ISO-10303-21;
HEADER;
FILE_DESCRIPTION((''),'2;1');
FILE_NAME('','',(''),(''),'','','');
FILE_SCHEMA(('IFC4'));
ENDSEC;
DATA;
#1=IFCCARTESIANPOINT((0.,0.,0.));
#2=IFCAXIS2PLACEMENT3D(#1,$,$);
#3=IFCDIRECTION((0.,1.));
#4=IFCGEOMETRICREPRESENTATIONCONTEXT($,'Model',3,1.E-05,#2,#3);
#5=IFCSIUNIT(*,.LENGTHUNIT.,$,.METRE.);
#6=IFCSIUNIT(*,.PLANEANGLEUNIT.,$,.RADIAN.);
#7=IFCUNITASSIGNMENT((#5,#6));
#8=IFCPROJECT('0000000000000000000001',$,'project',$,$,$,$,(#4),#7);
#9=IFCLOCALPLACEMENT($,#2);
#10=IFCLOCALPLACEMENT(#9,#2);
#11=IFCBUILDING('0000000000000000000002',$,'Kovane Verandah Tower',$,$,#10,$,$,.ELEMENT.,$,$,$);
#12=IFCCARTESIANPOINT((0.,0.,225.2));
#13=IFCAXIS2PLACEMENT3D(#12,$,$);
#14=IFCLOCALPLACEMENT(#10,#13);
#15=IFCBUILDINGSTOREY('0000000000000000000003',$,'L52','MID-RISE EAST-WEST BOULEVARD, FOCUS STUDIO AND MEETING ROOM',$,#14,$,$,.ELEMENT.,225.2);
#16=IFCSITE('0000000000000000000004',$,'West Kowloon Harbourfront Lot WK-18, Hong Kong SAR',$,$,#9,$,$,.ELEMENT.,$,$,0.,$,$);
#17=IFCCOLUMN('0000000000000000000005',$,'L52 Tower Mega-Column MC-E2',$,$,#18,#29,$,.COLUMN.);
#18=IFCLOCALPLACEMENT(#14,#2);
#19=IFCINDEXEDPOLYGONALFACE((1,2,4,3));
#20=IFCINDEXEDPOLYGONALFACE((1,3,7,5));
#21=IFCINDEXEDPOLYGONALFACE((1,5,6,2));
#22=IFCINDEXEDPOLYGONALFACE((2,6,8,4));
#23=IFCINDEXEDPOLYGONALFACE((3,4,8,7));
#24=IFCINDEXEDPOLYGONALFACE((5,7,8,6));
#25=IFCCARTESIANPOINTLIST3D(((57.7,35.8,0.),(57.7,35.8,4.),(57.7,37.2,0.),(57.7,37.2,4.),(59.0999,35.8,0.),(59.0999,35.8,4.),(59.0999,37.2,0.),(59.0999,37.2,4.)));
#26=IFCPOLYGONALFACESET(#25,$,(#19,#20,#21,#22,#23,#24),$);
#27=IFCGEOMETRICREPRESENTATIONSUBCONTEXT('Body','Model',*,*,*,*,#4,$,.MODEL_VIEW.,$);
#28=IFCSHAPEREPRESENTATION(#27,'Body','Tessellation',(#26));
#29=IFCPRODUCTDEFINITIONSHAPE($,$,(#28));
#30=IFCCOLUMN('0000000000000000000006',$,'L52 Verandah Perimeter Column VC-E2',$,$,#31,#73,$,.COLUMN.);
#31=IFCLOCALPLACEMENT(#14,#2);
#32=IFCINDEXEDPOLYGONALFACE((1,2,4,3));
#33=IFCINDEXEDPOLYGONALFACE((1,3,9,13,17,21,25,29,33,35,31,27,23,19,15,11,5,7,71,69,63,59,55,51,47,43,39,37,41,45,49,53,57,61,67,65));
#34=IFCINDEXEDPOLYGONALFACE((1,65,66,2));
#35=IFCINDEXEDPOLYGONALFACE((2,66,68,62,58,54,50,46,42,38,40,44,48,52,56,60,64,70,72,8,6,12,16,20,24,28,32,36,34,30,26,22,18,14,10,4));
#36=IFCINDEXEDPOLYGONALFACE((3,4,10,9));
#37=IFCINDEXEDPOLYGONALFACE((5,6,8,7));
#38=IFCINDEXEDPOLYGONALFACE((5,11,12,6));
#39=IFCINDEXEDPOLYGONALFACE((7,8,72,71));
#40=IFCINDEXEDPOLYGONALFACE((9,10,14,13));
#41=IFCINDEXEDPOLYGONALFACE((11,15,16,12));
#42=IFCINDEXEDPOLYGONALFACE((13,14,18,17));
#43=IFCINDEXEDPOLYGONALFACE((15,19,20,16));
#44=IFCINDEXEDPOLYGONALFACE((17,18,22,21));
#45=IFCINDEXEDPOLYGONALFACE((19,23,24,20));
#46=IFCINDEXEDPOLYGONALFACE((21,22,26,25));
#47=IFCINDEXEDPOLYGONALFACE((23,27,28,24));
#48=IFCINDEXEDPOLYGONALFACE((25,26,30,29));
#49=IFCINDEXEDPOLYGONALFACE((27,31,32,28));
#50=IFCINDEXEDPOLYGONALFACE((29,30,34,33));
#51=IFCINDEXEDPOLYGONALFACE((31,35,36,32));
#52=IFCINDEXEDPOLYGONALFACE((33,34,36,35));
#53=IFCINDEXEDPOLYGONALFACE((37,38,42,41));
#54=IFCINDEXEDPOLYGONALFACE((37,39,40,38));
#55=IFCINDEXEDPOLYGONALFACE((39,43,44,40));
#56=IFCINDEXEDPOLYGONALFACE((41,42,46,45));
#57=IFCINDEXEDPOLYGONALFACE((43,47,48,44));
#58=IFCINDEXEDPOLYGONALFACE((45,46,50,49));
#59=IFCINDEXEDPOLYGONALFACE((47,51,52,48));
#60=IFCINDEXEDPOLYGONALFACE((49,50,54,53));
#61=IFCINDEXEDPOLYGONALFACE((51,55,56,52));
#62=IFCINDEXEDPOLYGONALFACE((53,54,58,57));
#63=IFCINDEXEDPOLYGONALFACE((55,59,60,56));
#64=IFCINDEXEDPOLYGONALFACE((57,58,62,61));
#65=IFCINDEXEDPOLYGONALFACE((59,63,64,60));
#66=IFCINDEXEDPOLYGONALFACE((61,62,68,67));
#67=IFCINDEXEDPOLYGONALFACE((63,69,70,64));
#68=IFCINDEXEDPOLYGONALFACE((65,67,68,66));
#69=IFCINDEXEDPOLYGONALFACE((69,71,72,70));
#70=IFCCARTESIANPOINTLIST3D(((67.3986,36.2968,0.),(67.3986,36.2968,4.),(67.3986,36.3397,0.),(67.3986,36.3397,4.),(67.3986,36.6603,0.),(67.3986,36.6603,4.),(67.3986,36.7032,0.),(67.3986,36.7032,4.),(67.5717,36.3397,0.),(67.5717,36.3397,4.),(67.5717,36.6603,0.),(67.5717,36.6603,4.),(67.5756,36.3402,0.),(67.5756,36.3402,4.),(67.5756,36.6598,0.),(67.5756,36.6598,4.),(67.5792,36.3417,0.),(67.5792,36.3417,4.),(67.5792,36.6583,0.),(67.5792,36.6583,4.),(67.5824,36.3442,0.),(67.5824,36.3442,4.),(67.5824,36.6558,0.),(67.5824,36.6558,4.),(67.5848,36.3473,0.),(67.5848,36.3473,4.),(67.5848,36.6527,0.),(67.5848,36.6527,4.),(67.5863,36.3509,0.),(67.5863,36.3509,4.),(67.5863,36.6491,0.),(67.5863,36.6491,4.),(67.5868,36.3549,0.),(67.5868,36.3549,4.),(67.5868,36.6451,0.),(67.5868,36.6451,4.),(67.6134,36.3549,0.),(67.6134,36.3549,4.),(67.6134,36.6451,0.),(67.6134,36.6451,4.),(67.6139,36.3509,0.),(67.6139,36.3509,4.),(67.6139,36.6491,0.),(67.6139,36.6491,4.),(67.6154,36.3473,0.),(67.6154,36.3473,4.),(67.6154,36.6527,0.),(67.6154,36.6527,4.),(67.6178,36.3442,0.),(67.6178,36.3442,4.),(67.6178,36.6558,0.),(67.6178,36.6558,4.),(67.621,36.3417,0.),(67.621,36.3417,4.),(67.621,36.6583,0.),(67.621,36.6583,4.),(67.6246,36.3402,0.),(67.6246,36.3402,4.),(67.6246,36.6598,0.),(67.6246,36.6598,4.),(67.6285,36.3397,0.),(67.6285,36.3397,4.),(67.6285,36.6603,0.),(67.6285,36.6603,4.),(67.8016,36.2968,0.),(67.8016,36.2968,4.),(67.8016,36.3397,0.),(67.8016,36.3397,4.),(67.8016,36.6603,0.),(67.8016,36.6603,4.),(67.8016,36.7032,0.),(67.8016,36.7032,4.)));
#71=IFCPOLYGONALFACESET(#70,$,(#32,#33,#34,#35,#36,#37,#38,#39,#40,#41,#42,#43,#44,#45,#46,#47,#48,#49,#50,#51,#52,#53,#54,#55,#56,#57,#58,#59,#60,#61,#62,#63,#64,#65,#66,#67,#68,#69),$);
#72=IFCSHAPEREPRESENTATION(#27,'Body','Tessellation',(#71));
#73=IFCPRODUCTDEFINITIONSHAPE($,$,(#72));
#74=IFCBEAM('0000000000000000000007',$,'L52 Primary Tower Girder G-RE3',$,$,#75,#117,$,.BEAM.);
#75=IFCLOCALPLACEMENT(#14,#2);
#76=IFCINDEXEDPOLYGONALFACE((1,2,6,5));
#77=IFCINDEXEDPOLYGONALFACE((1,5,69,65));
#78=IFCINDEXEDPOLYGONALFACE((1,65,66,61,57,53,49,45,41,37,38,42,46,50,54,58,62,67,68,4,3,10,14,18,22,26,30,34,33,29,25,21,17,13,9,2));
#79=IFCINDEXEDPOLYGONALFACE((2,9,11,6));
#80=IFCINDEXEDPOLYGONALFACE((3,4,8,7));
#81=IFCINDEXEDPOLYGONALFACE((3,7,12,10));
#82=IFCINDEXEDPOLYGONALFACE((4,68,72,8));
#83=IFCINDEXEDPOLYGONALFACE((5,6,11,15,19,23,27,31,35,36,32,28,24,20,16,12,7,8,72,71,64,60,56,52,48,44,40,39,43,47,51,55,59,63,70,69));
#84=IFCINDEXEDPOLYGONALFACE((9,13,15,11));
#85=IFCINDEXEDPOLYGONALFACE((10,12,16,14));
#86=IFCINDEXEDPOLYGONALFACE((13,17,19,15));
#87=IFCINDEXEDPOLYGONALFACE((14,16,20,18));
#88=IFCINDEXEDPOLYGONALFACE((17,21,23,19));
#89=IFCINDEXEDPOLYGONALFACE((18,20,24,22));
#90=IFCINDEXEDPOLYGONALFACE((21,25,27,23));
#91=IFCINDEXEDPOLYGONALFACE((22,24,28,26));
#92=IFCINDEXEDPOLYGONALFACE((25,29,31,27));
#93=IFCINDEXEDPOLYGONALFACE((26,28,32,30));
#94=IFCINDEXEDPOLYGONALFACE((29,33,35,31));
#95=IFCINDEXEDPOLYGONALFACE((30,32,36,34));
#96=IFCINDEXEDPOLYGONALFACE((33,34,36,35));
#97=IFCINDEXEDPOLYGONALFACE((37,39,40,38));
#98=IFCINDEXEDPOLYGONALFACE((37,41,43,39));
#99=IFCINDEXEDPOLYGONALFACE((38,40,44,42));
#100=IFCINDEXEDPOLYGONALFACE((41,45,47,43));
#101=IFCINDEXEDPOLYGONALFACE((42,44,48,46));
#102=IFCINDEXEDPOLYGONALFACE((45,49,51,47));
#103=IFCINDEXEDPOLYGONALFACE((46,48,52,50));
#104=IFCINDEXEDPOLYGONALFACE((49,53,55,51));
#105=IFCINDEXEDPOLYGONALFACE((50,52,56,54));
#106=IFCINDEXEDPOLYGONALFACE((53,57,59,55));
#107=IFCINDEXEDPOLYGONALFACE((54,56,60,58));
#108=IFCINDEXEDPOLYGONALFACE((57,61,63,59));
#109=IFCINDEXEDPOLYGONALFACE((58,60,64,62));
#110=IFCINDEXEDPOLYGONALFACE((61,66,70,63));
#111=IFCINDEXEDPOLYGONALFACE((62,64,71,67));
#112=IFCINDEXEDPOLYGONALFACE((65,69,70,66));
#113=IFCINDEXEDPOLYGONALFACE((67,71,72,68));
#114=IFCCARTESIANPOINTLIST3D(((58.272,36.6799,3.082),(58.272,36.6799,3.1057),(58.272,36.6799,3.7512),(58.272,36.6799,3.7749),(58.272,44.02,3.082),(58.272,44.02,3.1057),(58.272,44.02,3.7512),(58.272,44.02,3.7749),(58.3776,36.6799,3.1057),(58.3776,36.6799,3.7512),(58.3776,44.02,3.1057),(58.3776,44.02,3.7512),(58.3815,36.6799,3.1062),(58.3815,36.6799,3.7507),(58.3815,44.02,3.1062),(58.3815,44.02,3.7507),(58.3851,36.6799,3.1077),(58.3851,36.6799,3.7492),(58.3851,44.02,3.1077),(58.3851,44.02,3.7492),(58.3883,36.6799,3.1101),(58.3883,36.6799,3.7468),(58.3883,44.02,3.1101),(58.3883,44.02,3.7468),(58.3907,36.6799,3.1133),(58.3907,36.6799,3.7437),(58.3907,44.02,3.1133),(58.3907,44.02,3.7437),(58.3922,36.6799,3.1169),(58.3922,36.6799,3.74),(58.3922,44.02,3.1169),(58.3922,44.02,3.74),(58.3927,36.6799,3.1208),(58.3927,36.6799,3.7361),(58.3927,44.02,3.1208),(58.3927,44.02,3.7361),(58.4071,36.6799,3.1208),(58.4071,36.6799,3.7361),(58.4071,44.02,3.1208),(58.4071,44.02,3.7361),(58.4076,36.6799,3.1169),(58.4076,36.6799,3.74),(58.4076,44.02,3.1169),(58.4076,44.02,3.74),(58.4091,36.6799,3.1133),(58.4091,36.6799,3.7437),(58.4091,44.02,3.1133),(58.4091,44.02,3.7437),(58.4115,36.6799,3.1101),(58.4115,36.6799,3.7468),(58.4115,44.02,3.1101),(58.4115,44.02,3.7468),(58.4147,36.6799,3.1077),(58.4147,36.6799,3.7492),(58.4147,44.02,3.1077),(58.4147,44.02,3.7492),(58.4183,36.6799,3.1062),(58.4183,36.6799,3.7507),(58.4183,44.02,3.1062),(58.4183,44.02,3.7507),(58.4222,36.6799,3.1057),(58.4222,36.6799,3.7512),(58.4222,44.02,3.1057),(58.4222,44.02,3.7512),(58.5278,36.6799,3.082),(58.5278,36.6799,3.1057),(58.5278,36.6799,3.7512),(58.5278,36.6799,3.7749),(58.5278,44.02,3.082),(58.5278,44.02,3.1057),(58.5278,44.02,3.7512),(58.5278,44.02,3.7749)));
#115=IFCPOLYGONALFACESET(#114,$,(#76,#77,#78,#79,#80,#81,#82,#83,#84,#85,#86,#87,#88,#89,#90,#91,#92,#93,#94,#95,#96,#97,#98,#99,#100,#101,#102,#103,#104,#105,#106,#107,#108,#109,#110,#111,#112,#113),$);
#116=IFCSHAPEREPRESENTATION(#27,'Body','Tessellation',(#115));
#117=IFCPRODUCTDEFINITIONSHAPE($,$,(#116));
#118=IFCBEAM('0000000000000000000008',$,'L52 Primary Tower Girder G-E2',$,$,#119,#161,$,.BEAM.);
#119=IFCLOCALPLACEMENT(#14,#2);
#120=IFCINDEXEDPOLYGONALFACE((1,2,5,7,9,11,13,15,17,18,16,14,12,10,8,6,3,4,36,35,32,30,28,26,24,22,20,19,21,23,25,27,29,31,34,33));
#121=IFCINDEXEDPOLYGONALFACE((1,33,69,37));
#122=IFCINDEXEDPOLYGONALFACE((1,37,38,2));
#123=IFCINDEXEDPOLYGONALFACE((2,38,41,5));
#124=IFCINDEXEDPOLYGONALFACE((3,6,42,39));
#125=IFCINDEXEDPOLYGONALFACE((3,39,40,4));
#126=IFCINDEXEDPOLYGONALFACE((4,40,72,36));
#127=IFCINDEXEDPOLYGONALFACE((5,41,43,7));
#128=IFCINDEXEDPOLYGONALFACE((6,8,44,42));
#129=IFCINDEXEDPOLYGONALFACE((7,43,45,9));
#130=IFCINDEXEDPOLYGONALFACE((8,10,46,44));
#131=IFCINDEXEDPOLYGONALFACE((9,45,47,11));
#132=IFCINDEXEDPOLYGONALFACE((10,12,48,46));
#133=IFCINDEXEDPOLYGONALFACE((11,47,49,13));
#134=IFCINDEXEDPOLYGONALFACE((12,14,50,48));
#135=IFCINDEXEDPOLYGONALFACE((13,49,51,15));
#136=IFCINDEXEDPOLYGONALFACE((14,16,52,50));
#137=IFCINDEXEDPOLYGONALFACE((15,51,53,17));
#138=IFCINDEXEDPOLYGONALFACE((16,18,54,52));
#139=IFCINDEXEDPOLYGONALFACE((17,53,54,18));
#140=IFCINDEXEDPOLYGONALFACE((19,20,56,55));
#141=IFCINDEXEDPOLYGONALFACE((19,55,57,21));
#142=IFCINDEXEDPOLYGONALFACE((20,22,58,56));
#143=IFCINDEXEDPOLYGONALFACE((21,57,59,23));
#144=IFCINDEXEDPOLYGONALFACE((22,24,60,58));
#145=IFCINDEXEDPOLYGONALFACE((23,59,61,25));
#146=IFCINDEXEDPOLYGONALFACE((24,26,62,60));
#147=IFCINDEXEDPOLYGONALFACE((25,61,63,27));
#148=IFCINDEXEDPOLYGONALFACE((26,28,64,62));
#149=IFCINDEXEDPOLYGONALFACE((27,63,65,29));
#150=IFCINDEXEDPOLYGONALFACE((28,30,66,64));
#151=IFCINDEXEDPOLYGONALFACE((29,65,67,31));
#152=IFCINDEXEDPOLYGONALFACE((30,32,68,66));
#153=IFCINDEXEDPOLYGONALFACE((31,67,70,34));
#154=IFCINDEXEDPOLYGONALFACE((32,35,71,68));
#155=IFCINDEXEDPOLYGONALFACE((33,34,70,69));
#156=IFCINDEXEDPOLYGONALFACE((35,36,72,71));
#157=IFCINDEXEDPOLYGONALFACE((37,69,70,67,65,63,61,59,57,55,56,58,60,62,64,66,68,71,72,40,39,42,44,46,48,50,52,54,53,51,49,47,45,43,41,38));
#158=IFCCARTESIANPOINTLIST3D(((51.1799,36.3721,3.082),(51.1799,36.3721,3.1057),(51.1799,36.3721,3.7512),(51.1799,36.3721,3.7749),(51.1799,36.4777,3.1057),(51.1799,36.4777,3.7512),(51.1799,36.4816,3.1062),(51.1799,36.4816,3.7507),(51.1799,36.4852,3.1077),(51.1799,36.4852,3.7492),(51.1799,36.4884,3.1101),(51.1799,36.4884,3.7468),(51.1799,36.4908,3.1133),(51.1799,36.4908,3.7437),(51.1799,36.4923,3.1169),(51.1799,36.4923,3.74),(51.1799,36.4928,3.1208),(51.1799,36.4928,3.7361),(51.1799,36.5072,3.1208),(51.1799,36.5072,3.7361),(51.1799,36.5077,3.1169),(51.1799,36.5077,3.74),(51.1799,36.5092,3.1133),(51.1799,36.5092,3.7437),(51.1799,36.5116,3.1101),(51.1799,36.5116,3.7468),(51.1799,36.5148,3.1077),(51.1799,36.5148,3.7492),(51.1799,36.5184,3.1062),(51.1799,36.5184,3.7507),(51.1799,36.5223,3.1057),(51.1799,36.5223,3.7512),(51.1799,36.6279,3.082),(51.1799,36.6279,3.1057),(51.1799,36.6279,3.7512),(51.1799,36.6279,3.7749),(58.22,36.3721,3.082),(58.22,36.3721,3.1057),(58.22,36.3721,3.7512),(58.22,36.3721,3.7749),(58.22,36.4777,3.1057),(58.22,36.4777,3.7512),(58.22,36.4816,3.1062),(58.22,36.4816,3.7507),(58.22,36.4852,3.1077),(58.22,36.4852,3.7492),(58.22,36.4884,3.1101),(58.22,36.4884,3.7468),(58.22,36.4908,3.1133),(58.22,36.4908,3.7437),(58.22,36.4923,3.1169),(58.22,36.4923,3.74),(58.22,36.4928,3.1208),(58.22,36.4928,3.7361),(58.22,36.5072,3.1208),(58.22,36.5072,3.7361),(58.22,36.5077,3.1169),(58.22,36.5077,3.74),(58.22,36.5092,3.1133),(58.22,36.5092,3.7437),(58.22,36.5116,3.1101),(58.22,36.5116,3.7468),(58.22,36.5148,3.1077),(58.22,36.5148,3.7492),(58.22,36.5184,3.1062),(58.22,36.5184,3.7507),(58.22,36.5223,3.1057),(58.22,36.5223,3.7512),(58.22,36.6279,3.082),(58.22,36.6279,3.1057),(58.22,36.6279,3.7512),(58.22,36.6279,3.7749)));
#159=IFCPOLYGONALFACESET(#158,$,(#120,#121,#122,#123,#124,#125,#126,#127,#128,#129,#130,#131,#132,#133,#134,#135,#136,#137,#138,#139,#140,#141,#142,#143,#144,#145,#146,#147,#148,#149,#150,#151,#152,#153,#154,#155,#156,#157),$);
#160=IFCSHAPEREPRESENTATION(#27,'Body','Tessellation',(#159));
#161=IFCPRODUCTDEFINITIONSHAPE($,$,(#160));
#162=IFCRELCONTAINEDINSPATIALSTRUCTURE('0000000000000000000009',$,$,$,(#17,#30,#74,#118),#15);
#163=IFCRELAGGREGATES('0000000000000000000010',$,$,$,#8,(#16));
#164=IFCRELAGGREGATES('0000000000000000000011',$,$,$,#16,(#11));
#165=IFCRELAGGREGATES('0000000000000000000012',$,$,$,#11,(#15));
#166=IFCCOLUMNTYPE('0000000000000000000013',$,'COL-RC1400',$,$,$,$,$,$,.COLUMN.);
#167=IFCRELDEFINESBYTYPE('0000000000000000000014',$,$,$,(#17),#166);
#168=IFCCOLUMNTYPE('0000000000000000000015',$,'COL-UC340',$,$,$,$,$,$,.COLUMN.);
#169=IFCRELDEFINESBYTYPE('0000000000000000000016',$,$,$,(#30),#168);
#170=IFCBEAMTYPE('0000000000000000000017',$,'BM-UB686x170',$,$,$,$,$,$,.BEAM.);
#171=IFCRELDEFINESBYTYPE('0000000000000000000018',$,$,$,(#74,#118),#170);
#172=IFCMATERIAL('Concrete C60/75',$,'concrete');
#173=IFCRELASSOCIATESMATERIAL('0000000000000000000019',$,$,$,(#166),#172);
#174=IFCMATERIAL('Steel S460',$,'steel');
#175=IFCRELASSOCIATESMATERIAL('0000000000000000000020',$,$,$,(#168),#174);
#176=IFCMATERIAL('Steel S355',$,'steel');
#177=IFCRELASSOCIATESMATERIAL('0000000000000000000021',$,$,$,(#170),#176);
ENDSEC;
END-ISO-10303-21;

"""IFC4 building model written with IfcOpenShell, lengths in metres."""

from ifc_helpers import new_model, si_unit, direction, frame, origin, origin_2d, place, context, subcontext, project, spatial, rectangle, i_section, extrude, material, material_profile, profile_set, type_object, element, save


model = new_model("IFC4")

# Units and contexts
model_context = context("Model", 3, precision=1e-05, world=origin(), true_north=direction((0.0, 1.0)))
body_context = subcontext(model_context, "Body", "Model", "MODEL_VIEW")
ifc_project = project(units=[si_unit("LENGTHUNIT", "METRE"), si_unit("PLANEANGLEUNIT", "RADIAN")], contexts=[model_context])

# Site, building, storey
site_placement = place(None, origin())
site = spatial("IfcSite", under=ifc_project, at=site_placement, Name="West Kowloon Harbourfront Lot WK-18, Hong Kong SAR", CompositionType="ELEMENT", RefElevation=0.0)
building_placement = place(site_placement, origin())
building = spatial("IfcBuilding", under=site, at=building_placement, Name="Kovane Verandah Tower", CompositionType="ELEMENT")
storey_placement = place(building_placement, frame((0.0, 0.0, 225.2)))
storey = spatial("IfcBuildingStorey", under=building, at=storey_placement, Name="L52", Description="MID-RISE EAST-WEST BOULEVARD, FOCUS STUDIO AND MEETING ROOM", CompositionType="ELEMENT", Elevation=225.2)

# Columns
ifc_material_1 = material(Name="Concrete C60/75", Category="concrete")
ifc_material_profile_1 = material_profile(ifc_material_1, rectangle(XDim=1.3999, YDim=1.3999, at=origin_2d()), Name="RC1400x1400")
ifc_profile_set_1 = profile_set([ifc_material_profile_1], Name="Concrete C60/75")
column_type_1 = type_object("IfcColumnType", Name="COL-RC1400", PredefinedType="COLUMN", material=ifc_profile_set_1)
column_1_placement = place(storey_placement, frame((58.3999, 36.5, 0.0), z_axis=(0.0, 0.0, 1.0), x_axis=(1.0, 0.0, 0.0)))
element("IfcColumn", 1, at=column_1_placement, inside=storey, type_object=column_type_1, Name="L52 Tower Mega-Column MC-E2", PredefinedType="COLUMN", context=body_context, shape_type="SweptSolid", body=[
    extrude(rectangle(XDim=1.3999, YDim=1.3999, at=origin_2d()), origin(), (0.0, 0.0, 1.0), 4.0),
])
ifc_material_2 = material(Name="Steel S460", Category="steel")
ifc_material_profile_2 = material_profile(ifc_material_2, i_section(OverallWidth=0.4031, OverallDepth=0.4065, WebThickness=0.0266, FlangeThickness=0.043, FilletRadius=0.0151, at=origin_2d()), Name="UC356x406x340")
ifc_profile_set_2 = profile_set([ifc_material_profile_2], Name="Steel S460")
column_type_2 = type_object("IfcColumnType", Name="COL-UC340", PredefinedType="COLUMN", material=ifc_profile_set_2)
column_2_placement = place(storey_placement, frame((67.6001, 36.5, 0.0), z_axis=(0.0, 0.0, 1.0), x_axis=(1.0, 0.0, 0.0)))
element("IfcColumn", 2, at=column_2_placement, inside=storey, type_object=column_type_2, Name="L52 Verandah Perimeter Column VC-E2", PredefinedType="COLUMN", context=body_context, shape_type="SweptSolid", body=[
    extrude(i_section(OverallWidth=0.4031, OverallDepth=0.4065, WebThickness=0.0266, FlangeThickness=0.043, FilletRadius=0.0151, at=origin_2d()), origin(), (0.0, 0.0, 1.0), 4.0),
])

# Beams
ifc_material_3 = material(Name="Steel S355", Category="steel")
ifc_material_profile_3 = material_profile(ifc_material_3, i_section(OverallWidth=0.2559, OverallDepth=0.6929, WebThickness=0.0144, FlangeThickness=0.0237, FilletRadius=0.0151, at=origin_2d()), Name="UB686x254x170")
ifc_profile_set_3 = profile_set([ifc_material_profile_3], Name="Steel S355")
beam_type_1 = type_object("IfcBeamType", Name="BM-UB686x170", PredefinedType="BEAM", material=ifc_profile_set_3)
beam_1_placement = place(storey_placement, frame((58.3999, 36.6799, 3.4285), z_axis=(0.0, 1.0, 0.0), x_axis=(-1.0, 0.0, 0.0)))
element("IfcBeam", 3, at=beam_1_placement, inside=storey, type_object=beam_type_1, Name="L52 Primary Tower Girder G-RE3", PredefinedType="BEAM", context=body_context, shape_type="SweptSolid", body=[
    extrude(i_section(OverallWidth=0.2559, OverallDepth=0.6929, WebThickness=0.0144, FlangeThickness=0.0237, FilletRadius=0.0151, at=origin_2d()), origin(), (0.0, 0.0, 1.0), 7.3401),
])
beam_2_placement = place(storey_placement, frame((51.1799, 36.5, 3.4285), z_axis=(1.0, 0.0, 0.0), x_axis=(0.0, 1.0, 0.0)))
element("IfcBeam", 4, at=beam_2_placement, inside=storey, type_object=beam_type_1, Name="L52 Primary Tower Girder G-E2", PredefinedType="BEAM", context=body_context, shape_type="SweptSolid", body=[
    extrude(i_section(OverallWidth=0.2559, OverallDepth=0.6929, WebThickness=0.0144, FlangeThickness=0.0237, FilletRadius=0.0151, at=origin_2d()), origin(), (0.0, 0.0, 1.0), 7.04),
])

save(model, "model.ifc")
